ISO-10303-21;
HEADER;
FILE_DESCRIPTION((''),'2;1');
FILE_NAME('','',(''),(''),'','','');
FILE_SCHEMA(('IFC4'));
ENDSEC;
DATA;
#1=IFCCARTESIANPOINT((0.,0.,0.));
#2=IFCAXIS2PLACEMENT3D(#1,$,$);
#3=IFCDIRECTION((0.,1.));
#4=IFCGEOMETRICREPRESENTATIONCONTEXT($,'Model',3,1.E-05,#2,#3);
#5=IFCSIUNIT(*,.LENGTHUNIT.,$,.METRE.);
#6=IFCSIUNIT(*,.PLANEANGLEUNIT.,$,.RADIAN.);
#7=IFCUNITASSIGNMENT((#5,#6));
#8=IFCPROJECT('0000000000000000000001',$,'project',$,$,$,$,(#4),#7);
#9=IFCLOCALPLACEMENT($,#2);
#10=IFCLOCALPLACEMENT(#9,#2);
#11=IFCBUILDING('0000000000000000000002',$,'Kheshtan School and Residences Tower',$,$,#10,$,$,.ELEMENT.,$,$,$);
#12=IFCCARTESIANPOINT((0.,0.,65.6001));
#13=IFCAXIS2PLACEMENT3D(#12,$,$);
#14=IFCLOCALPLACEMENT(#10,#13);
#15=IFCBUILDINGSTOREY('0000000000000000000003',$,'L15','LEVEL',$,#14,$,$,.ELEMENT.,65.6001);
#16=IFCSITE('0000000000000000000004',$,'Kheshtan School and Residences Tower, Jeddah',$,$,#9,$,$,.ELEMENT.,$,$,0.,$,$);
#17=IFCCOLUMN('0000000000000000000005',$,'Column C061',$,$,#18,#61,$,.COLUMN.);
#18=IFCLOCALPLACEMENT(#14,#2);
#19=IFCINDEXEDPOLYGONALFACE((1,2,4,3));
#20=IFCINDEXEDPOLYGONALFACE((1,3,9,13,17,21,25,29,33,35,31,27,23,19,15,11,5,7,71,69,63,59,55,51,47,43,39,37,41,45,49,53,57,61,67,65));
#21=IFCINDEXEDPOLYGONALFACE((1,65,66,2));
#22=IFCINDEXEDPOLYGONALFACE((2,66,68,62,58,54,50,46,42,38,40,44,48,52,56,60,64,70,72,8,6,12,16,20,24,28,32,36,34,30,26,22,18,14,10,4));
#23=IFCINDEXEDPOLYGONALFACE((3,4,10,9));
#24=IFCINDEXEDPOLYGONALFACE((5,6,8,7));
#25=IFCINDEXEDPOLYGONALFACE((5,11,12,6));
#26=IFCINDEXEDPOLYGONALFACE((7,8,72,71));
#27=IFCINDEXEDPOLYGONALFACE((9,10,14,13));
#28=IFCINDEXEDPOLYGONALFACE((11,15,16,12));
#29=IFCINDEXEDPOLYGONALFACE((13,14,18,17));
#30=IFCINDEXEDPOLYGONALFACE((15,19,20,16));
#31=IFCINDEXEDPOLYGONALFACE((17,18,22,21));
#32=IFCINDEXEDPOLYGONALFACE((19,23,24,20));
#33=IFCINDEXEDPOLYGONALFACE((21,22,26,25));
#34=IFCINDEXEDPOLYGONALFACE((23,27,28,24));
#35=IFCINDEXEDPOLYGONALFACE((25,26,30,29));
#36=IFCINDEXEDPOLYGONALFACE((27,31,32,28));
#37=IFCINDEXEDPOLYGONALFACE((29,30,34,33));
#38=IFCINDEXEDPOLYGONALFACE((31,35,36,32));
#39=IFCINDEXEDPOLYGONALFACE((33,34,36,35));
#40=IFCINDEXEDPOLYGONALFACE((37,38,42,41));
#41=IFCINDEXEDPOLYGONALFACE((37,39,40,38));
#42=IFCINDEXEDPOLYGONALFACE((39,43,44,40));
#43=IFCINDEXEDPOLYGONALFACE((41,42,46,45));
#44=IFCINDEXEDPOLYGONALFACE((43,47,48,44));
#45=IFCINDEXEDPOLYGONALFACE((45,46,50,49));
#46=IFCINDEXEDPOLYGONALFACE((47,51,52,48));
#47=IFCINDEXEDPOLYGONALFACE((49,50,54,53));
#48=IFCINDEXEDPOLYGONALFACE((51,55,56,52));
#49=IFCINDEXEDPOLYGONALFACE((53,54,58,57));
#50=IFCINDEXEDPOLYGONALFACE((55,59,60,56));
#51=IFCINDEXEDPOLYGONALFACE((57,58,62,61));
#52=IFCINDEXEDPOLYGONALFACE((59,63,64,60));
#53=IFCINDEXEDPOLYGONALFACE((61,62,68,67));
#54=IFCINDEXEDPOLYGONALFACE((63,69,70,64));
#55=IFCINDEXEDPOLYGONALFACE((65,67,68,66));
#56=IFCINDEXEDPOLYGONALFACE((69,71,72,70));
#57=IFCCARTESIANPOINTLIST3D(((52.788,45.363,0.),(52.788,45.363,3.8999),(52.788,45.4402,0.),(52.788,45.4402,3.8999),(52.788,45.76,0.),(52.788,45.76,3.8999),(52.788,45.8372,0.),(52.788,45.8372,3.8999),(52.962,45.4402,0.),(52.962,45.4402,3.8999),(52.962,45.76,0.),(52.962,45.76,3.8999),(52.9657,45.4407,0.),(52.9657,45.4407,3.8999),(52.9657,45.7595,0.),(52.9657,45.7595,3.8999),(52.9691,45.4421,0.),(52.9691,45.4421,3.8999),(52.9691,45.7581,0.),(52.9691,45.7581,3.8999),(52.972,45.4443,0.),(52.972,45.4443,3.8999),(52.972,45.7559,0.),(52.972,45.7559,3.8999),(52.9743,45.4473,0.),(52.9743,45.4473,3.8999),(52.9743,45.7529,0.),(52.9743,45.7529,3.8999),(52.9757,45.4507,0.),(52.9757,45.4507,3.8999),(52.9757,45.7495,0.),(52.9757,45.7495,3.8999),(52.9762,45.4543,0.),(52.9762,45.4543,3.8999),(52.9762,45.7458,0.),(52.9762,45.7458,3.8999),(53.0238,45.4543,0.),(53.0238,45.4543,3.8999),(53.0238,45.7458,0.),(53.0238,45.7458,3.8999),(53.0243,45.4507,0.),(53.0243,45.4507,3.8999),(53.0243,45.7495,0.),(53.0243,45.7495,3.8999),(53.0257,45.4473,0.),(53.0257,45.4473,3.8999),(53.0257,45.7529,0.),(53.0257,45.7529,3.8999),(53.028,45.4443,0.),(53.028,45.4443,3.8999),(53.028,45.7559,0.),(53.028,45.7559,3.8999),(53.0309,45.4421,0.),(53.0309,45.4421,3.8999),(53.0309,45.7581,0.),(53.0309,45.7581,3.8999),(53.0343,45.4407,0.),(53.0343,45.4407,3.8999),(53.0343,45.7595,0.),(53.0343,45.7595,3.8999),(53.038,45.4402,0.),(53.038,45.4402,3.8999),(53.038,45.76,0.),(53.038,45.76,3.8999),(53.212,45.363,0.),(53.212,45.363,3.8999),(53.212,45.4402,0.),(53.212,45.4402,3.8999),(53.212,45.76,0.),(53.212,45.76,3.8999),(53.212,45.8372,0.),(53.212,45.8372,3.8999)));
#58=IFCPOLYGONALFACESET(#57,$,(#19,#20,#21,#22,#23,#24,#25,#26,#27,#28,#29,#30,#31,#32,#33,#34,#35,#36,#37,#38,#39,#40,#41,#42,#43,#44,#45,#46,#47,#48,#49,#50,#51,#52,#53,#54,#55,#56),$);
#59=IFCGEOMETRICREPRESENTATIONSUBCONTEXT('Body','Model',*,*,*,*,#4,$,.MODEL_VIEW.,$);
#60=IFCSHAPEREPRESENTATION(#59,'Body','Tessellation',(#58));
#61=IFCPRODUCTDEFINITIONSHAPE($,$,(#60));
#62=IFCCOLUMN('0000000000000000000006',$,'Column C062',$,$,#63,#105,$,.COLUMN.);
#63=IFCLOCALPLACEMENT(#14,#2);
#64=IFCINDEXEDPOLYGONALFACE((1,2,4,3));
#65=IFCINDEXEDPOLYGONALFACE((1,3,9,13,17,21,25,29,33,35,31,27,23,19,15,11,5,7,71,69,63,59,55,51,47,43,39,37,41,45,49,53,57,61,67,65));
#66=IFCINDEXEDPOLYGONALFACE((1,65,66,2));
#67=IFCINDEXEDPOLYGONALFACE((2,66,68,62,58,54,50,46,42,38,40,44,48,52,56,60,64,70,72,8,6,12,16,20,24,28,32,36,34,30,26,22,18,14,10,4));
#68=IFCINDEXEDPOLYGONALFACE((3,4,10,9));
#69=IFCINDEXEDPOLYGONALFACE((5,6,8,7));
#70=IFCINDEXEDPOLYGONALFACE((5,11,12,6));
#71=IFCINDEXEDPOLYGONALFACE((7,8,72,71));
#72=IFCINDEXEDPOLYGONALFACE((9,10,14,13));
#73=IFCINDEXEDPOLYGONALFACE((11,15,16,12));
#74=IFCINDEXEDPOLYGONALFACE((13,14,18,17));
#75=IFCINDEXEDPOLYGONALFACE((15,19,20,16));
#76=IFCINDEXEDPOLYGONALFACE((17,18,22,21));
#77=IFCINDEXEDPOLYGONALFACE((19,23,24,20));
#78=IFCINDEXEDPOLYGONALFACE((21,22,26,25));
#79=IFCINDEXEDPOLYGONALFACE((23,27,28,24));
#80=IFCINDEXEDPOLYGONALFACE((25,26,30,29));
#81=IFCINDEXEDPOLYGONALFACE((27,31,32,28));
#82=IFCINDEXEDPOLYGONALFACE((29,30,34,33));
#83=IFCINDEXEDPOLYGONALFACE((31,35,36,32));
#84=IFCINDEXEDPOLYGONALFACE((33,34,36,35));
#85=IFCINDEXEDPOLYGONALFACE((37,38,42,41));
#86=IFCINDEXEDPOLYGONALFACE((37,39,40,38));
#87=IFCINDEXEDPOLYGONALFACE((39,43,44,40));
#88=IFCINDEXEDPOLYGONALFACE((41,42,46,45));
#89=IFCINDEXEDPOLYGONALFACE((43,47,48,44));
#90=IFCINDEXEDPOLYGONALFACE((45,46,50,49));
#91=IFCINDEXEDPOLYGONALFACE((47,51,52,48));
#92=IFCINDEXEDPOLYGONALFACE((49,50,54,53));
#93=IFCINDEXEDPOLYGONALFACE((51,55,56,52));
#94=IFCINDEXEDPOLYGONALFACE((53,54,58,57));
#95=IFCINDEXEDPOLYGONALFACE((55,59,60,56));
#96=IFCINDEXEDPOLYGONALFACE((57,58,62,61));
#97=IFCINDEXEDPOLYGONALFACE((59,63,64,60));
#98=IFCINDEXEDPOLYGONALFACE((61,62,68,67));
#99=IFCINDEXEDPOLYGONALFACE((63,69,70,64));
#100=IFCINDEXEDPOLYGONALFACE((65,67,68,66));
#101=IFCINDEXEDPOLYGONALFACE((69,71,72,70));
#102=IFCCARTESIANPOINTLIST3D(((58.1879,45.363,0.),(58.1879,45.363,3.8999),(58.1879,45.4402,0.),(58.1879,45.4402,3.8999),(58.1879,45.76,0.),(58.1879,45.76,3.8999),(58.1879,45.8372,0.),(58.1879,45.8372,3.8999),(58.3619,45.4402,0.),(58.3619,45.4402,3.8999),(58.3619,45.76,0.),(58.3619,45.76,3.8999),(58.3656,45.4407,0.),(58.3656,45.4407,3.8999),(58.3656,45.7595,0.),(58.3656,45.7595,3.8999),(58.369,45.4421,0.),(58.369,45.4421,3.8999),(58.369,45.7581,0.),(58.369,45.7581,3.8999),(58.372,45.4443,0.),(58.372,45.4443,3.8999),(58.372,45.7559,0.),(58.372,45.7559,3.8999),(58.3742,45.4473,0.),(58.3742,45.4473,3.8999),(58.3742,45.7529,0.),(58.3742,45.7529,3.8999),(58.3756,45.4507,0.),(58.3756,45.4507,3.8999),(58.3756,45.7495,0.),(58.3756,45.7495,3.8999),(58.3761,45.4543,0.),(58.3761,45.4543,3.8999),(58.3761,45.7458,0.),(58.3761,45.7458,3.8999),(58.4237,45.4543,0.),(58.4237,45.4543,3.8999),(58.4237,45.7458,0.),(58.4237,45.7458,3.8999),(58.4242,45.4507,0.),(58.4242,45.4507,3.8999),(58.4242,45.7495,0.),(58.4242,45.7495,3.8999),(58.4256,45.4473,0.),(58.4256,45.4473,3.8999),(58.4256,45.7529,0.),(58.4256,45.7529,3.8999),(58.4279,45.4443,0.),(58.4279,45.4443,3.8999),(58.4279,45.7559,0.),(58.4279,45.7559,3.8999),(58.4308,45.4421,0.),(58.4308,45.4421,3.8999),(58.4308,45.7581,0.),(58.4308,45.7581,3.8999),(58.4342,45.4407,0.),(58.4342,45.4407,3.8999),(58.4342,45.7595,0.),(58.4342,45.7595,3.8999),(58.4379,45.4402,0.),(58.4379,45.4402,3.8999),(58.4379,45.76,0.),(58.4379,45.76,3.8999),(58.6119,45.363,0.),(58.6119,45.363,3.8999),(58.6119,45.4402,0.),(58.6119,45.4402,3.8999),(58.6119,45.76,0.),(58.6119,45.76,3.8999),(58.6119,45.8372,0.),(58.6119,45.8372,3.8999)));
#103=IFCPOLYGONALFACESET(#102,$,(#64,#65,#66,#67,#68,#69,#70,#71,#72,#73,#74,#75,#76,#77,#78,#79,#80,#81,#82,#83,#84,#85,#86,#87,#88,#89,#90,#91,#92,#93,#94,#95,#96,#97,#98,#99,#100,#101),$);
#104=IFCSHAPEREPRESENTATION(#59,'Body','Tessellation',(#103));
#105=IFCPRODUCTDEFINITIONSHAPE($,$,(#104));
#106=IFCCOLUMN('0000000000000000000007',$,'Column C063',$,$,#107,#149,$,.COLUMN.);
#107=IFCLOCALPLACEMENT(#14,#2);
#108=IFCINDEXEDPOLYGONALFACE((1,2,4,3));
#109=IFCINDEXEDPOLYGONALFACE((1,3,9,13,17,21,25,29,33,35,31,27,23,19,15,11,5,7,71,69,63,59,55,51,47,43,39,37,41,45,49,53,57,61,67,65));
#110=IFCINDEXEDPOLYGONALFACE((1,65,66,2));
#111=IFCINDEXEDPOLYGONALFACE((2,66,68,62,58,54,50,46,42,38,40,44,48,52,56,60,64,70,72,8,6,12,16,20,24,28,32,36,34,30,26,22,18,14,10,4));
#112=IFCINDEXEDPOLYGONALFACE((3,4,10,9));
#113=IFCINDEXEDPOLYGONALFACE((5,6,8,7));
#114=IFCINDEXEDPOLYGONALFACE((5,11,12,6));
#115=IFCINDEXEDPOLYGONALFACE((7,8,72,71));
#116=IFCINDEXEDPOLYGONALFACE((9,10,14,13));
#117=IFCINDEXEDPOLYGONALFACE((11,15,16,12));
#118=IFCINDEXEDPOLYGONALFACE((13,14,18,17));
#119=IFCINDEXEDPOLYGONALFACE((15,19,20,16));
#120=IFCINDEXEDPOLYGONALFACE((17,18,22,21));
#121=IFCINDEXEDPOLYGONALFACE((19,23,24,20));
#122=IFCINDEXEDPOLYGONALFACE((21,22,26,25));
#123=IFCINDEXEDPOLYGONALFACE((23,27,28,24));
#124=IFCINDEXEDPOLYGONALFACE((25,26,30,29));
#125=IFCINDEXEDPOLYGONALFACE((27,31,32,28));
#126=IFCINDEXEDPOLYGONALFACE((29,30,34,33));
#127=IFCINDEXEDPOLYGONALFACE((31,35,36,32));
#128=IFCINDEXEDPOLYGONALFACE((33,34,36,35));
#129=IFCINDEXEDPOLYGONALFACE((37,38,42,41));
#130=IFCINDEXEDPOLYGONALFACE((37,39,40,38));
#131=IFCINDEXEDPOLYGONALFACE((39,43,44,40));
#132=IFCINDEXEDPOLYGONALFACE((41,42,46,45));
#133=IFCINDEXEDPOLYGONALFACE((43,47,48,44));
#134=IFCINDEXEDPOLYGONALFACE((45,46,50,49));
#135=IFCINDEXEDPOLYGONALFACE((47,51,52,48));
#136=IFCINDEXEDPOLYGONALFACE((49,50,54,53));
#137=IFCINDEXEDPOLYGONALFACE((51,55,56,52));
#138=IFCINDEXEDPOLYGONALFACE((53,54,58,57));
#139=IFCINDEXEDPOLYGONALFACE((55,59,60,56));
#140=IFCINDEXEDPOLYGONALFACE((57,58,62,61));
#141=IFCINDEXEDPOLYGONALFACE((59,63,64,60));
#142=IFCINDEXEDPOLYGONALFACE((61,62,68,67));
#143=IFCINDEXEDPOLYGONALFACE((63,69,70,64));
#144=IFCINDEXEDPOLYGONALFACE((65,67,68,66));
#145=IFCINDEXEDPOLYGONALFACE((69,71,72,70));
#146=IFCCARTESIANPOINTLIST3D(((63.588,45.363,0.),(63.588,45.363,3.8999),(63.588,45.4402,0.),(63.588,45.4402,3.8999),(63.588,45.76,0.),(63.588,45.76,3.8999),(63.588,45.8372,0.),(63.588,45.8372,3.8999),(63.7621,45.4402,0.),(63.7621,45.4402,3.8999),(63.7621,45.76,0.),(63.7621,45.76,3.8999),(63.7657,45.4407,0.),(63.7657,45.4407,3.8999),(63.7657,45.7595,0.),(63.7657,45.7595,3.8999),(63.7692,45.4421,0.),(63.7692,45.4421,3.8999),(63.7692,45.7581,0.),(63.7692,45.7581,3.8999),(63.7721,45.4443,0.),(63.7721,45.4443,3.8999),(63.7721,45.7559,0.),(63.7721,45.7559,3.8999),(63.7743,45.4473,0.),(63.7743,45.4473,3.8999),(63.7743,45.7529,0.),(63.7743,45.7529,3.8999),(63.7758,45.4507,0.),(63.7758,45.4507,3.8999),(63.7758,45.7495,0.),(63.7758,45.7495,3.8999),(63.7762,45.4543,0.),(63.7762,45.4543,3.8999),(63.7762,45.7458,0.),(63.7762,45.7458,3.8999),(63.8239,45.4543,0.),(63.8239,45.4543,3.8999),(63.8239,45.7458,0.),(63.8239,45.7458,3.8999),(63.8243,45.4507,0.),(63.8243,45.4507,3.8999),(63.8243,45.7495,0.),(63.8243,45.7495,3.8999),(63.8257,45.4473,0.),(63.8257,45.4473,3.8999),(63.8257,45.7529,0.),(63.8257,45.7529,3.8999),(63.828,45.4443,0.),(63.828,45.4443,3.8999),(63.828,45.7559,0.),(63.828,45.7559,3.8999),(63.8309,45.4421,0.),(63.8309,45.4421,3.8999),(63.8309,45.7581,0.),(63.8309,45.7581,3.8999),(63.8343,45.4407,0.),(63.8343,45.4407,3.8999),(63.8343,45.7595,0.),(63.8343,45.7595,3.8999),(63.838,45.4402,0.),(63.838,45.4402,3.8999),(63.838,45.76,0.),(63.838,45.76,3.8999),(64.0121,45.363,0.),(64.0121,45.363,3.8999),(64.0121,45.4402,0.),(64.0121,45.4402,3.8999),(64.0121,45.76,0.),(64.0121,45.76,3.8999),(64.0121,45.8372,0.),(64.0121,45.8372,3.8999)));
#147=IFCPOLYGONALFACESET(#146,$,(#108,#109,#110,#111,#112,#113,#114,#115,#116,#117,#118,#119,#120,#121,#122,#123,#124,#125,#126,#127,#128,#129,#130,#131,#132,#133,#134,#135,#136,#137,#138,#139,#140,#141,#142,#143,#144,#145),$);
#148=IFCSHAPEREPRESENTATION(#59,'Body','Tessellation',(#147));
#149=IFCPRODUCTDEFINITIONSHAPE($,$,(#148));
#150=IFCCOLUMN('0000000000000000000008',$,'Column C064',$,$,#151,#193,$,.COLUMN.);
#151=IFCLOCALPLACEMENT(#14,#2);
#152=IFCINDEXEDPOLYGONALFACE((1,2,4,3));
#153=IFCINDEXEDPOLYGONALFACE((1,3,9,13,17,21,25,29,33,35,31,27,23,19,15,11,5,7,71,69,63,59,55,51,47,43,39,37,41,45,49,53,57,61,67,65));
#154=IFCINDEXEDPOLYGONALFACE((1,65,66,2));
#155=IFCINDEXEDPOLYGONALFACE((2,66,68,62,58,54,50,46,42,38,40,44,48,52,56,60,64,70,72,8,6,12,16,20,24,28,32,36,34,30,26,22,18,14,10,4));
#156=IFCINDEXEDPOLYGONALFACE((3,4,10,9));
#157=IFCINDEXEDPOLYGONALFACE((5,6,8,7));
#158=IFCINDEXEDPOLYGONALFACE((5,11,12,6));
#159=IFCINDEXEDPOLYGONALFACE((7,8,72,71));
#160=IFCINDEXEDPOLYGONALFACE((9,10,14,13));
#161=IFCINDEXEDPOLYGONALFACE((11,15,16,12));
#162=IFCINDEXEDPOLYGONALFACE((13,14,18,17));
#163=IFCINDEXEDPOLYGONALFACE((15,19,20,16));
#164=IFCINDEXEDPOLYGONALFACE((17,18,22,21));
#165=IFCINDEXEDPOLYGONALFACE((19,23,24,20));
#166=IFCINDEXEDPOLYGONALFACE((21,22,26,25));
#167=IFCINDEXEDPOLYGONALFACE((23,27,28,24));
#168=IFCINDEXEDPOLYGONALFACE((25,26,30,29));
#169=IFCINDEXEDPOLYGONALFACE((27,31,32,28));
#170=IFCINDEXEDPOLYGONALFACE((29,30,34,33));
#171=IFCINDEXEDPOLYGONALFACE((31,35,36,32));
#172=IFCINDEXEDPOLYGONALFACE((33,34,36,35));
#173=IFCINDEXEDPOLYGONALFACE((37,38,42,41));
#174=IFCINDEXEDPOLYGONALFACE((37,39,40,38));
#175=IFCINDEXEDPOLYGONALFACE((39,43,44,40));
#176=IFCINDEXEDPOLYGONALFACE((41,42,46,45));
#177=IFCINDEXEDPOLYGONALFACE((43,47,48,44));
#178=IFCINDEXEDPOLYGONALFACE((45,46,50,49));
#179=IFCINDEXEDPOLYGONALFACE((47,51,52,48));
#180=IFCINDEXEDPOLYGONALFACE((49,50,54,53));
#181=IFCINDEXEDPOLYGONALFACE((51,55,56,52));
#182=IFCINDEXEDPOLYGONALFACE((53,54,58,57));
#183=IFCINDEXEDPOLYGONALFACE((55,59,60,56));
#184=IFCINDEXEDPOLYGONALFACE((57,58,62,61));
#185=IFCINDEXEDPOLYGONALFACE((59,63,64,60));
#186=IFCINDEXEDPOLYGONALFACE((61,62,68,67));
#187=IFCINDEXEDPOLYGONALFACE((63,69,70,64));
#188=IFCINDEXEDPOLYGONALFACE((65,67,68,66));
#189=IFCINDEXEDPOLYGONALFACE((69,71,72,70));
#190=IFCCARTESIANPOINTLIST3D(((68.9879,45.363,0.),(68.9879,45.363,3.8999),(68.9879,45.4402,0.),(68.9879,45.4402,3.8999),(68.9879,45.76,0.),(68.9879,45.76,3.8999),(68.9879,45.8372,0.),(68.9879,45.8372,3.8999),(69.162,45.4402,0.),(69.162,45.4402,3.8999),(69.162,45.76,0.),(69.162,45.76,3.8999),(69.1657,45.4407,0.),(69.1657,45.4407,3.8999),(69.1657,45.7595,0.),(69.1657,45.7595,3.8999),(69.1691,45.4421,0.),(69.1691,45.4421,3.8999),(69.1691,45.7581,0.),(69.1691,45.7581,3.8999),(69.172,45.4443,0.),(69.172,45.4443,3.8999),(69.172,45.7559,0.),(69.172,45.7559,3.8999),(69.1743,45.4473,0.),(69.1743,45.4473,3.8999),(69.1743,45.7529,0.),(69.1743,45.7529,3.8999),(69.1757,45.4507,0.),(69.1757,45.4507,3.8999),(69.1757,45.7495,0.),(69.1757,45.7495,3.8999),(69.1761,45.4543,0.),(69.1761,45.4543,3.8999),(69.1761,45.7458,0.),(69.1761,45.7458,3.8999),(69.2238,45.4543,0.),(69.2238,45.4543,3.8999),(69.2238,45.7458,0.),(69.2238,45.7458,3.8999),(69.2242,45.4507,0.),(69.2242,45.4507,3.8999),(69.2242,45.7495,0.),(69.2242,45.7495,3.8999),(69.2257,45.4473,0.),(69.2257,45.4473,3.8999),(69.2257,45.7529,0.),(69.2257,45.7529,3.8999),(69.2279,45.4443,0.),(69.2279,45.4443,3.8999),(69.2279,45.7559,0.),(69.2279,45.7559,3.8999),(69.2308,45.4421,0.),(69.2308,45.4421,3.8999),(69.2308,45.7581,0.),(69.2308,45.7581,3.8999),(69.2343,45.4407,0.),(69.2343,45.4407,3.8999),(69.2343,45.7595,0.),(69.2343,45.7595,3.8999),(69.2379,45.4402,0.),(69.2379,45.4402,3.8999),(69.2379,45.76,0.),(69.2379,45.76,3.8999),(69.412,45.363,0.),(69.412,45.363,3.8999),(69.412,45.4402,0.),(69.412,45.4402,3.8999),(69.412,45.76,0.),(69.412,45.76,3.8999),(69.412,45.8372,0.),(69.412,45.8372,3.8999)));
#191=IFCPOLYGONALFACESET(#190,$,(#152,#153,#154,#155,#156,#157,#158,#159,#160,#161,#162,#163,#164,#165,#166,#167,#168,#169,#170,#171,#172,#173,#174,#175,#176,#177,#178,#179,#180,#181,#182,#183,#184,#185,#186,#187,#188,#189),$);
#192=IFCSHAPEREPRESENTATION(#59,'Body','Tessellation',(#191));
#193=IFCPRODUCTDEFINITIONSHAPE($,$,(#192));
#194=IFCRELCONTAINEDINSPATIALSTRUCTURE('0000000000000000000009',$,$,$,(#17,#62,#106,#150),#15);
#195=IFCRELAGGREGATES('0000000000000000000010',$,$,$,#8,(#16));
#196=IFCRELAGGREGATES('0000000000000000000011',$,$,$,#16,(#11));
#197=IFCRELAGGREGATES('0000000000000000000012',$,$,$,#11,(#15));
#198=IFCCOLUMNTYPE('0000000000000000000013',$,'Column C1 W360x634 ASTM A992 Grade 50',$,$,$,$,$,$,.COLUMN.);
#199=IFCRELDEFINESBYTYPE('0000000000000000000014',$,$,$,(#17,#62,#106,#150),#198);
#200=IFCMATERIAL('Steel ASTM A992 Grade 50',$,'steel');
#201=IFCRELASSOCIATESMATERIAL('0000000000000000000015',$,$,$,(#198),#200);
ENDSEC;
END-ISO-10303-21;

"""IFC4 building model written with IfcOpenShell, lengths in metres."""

from ifc_helpers import new_model, si_unit, direction, frame, origin, origin_2d, place, context, subcontext, project, spatial, i_section, extrude, material, material_profile, profile_set, type_object, element, save


model = new_model("IFC4")

# Units and contexts
model_context = context("Model", 3, precision=1e-05, world=origin(), true_north=direction((0.0, 1.0)))
body_context = subcontext(model_context, "Body", "Model", "MODEL_VIEW")
ifc_project = project(units=[si_unit("LENGTHUNIT", "METRE"), si_unit("PLANEANGLEUNIT", "RADIAN")], contexts=[model_context])

# Site, building, storey
site_placement = place(None, origin())
site = spatial("IfcSite", under=ifc_project, at=site_placement, Name="Kheshtan School and Residences Tower, Jeddah", CompositionType="ELEMENT", RefElevation=0.0)
building_placement = place(site_placement, origin())
building = spatial("IfcBuilding", under=site, at=building_placement, Name="Kheshtan School and Residences Tower", CompositionType="ELEMENT")
storey_placement = place(building_placement, frame((0.0, 0.0, 65.6001)))
storey = spatial("IfcBuildingStorey", under=building, at=storey_placement, Name="L15", Description="LEVEL", CompositionType="ELEMENT", Elevation=65.6001)

# Columns
ifc_material_1 = material(Name="Steel ASTM A992 Grade 50", Category="steel")
ifc_material_profile_1 = material_profile(ifc_material_1, i_section(OverallWidth=0.4241, OverallDepth=0.4741, WebThickness=0.0476, FlangeThickness=0.0771, FilletRadius=0.0142, at=origin_2d()), Name="W360x634")
ifc_profile_set_1 = profile_set([ifc_material_profile_1], Name="Steel ASTM A992 Grade 50")
column_type = type_object("IfcColumnType", Name="Column C1 W360x634 ASTM A992 Grade 50", PredefinedType="COLUMN", material=ifc_profile_set_1)
for number, where, z_axis, x_axis, name in (
    (1, (53.0, 45.6001, 0.0), (0.0, 0.0, 1.0), (1.0, 0.0, 0.0), "Column C061"),
    (2, (58.3999, 45.6001, 0.0), (0.0, 0.0, 1.0), (1.0, 0.0, 0.0), "Column C062"),
    (3, (63.8, 45.6001, 0.0), (0.0, 0.0, 1.0), (1.0, 0.0, 0.0), "Column C063"),
    (4, (69.2, 45.6001, 0.0), (0.0, 0.0, 1.0), (1.0, 0.0, 0.0), "Column C064"),
):
    element("IfcColumn", number, at=place(storey_placement, frame(where, z_axis=z_axis, x_axis=x_axis)), inside=storey, type_object=column_type, Name=name, PredefinedType="COLUMN", context=body_context, shape_type="SweptSolid", body=[
        extrude(i_section(OverallWidth=0.4241, OverallDepth=0.4741, WebThickness=0.0476, FlangeThickness=0.0771, FilletRadius=0.0142, at=origin_2d()), origin(), (0.0, 0.0, 1.0), 3.8999),
    ])

save(model, "model.ifc")
